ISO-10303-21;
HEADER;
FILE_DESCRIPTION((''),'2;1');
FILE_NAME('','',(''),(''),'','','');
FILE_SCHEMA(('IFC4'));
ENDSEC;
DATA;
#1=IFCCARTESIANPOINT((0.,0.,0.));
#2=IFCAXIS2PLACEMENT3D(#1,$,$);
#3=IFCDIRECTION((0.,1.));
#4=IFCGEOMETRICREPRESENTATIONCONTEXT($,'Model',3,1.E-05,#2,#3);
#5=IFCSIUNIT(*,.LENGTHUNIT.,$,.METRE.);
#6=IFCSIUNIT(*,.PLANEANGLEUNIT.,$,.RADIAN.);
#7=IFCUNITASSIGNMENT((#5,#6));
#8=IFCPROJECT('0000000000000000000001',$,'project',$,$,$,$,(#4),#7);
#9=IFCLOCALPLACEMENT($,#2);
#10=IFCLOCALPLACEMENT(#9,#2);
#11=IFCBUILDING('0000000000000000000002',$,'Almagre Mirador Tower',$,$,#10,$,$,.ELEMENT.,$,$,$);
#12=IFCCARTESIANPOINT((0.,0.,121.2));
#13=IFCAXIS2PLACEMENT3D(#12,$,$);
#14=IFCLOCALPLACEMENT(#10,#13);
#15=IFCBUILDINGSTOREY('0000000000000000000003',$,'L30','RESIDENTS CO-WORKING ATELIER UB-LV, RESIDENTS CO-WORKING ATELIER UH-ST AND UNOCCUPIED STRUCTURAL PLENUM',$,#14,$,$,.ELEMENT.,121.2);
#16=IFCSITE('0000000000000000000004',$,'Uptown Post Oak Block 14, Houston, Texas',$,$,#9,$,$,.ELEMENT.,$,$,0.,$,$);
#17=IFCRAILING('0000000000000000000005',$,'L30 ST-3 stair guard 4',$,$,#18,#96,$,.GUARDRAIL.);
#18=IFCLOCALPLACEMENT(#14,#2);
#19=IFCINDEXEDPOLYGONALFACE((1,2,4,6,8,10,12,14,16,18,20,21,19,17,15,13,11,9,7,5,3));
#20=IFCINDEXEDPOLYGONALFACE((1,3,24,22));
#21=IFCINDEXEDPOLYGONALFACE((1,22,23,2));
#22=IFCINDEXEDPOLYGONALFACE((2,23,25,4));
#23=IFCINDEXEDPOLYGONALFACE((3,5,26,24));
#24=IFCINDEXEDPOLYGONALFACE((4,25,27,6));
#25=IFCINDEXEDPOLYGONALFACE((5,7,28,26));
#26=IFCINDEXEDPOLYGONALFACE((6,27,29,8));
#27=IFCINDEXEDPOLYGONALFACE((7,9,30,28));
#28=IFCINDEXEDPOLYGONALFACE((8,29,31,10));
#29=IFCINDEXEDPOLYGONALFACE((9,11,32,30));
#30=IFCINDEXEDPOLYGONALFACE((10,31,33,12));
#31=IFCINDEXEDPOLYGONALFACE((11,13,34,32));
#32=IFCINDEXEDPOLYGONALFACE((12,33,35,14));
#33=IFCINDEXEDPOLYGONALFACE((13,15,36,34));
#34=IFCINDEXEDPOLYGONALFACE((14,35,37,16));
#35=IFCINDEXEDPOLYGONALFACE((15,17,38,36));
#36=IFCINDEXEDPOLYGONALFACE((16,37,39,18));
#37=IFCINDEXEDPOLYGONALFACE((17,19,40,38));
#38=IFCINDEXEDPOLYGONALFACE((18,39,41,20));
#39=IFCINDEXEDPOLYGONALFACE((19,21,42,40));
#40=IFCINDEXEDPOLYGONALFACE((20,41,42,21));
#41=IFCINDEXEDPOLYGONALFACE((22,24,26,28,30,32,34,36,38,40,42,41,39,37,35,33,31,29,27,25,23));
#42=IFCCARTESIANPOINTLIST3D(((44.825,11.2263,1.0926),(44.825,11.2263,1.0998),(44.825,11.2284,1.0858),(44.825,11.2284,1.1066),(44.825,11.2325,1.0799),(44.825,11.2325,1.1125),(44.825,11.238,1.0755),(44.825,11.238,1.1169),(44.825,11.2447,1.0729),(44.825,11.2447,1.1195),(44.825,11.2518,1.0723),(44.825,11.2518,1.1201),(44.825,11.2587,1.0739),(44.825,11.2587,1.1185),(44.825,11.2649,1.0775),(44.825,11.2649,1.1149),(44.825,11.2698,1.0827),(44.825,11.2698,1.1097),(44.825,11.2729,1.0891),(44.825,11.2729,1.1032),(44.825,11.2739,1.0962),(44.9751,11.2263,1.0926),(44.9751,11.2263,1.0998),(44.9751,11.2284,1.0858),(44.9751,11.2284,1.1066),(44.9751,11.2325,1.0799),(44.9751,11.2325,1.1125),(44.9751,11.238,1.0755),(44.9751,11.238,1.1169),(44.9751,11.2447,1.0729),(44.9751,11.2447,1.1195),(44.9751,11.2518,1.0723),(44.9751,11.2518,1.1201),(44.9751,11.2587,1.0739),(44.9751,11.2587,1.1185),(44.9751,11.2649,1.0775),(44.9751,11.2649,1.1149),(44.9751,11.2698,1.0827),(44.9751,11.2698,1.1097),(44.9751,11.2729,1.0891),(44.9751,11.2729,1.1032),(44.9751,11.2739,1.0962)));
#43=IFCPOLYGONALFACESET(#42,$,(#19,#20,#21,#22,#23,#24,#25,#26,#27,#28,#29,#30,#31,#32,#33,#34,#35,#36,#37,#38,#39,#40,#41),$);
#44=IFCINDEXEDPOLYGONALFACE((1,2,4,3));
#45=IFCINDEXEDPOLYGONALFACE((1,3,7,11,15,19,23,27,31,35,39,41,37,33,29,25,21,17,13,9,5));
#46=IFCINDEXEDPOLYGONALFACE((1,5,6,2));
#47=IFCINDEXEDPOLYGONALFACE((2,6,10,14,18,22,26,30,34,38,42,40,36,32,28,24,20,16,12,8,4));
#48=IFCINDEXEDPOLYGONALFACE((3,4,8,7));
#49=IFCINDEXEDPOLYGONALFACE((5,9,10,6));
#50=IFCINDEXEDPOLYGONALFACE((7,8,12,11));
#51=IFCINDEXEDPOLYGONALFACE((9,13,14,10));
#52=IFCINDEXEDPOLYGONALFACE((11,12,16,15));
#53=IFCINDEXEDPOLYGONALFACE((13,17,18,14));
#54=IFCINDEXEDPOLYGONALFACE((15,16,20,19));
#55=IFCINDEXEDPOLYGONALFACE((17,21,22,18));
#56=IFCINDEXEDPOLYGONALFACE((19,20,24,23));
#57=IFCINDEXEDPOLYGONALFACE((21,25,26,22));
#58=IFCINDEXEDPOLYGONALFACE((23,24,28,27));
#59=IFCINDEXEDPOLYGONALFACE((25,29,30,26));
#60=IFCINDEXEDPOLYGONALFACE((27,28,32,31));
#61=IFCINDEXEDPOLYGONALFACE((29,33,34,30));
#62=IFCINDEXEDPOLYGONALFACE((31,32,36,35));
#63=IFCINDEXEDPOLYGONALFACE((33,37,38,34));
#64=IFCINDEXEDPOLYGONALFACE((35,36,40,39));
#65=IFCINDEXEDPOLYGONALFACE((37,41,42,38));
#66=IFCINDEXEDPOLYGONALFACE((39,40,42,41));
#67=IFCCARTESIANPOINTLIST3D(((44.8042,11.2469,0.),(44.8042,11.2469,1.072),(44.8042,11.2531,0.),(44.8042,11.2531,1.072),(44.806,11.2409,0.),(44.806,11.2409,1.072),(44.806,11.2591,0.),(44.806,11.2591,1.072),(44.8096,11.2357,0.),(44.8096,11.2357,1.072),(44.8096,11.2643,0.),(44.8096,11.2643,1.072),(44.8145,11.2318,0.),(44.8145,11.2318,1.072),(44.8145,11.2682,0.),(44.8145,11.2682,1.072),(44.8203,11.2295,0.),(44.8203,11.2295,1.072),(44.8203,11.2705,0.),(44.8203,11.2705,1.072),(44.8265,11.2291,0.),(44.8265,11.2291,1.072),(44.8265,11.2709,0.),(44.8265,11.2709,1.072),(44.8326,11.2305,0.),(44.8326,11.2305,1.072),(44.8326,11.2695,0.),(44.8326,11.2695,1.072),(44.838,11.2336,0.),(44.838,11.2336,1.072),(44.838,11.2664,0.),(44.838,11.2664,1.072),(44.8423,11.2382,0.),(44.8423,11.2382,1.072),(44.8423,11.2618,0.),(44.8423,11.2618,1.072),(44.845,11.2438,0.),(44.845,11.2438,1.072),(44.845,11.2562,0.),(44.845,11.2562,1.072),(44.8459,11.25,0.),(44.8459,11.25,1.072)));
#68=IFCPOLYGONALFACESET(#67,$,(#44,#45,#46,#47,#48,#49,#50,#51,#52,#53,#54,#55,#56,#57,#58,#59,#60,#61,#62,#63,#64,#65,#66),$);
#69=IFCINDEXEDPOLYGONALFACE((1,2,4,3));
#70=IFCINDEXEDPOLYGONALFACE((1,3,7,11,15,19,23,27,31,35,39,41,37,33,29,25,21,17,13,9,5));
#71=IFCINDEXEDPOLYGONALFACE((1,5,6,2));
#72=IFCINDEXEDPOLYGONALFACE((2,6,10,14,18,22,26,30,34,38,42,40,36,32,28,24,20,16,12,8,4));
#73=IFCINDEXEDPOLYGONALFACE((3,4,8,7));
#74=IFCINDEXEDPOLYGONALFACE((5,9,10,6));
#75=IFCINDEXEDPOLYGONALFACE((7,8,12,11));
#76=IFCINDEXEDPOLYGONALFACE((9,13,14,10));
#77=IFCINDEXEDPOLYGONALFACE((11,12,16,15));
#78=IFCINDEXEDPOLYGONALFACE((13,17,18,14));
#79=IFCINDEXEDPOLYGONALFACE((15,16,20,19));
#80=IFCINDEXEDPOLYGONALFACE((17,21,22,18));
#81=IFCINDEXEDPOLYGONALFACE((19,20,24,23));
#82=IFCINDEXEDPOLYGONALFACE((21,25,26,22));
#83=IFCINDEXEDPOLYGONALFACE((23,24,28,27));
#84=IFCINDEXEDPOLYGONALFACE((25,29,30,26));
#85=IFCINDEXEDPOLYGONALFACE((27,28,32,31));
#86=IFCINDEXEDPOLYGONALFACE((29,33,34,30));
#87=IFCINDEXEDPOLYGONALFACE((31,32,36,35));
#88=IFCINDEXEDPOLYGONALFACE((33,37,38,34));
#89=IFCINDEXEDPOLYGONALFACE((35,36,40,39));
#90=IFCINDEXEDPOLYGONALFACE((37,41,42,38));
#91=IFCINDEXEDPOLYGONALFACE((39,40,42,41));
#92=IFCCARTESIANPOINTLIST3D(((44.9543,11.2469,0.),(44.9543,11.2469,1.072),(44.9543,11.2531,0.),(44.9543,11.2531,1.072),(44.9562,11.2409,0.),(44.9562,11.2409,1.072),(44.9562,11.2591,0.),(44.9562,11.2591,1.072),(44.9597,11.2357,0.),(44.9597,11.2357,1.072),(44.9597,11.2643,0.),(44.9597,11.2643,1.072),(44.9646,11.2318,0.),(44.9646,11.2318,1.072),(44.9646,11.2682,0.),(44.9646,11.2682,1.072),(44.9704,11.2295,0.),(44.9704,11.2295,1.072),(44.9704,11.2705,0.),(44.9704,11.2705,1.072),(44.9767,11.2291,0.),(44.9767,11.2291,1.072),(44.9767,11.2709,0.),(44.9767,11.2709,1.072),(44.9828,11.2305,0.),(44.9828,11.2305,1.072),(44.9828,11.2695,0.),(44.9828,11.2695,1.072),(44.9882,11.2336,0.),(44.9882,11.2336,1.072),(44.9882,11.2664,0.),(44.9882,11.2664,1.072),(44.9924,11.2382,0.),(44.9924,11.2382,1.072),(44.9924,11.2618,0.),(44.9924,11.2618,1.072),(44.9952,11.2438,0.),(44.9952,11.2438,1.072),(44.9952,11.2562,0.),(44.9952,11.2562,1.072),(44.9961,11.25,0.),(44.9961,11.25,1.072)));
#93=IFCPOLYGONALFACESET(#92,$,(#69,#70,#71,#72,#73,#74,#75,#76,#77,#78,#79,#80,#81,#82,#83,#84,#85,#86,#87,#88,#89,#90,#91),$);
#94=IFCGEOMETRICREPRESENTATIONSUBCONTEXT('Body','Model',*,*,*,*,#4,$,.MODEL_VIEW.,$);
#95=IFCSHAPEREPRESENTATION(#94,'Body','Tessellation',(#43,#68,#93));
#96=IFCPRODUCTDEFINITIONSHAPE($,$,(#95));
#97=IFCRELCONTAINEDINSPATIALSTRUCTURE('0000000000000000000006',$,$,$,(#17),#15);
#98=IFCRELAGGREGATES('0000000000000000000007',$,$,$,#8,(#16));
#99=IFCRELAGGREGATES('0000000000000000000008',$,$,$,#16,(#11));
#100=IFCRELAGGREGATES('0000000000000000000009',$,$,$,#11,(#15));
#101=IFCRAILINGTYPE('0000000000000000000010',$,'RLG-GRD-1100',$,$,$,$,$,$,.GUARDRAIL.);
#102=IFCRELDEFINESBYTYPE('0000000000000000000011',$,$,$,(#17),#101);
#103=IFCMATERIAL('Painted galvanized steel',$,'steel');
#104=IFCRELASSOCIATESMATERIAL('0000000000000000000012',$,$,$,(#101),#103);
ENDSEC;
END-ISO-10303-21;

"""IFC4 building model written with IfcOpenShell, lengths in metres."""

from ifc_helpers import new_model, si_unit, direction, frame, origin, origin_2d, place, context, subcontext, project, spatial, circle, extrude, material, type_object, element, save


model = new_model("IFC4")

# Units and contexts
model_context = context("Model", 3, precision=1e-05, world=origin(), true_north=direction((0.0, 1.0)))
body_context = subcontext(model_context, "Body", "Model", "MODEL_VIEW")
ifc_project = project(units=[si_unit("LENGTHUNIT", "METRE"), si_unit("PLANEANGLEUNIT", "RADIAN")], contexts=[model_context])

# Site, building, storey
site_placement = place(None, origin())
site = spatial("IfcSite", under=ifc_project, at=site_placement, Name="Uptown Post Oak Block 14, Houston, Texas", CompositionType="ELEMENT", RefElevation=0.0)
building_placement = place(site_placement, origin())
building = spatial("IfcBuilding", under=site, at=building_placement, Name="Almagre Mirador Tower", CompositionType="ELEMENT")
storey_placement = place(building_placement, frame((0.0, 0.0, 121.2)))
storey = spatial("IfcBuildingStorey", under=building, at=storey_placement, Name="L30", Description="RESIDENTS CO-WORKING ATELIER UB-LV, RESIDENTS CO-WORKING ATELIER UH-ST AND UNOCCUPIED STRUCTURAL PLENUM", CompositionType="ELEMENT", Elevation=121.2)

# Railing
ifc_material_1 = material(Name="Painted galvanized steel", Category="steel")
railing_type_1 = type_object("IfcRailingType", Name="RLG-GRD-1100", PredefinedType="GUARDRAIL", material=ifc_material_1)
railing_1_placement = place(storey_placement, frame((44.825, 11.25, 0.0)))
element("IfcRailing", 1, at=railing_1_placement, inside=storey, type_object=railing_type_1, Name="L30 ST-3 stair guard 4", PredefinedType="GUARDRAIL", context=body_context, shape_type="SweptSolid", body=[
    extrude(circle(Radius=0.0239, at=origin_2d()), frame((0.0, 0.0, 1.0962), z_axis=(1.0, 0.0, 0.0), x_axis=(0.0, 1.0, 0.0)), (0.0, 0.0, 1.0), 0.1501),
    extrude(circle(Radius=0.021, at=origin_2d()), origin(), (0.0, 0.0, 1.0), 1.072),
    extrude(circle(Radius=0.021, at=origin_2d()), frame((0.1501, 0.0, 0.0)), (0.0, 0.0, 1.0), 1.072),
])

save(model, "model.ifc")
